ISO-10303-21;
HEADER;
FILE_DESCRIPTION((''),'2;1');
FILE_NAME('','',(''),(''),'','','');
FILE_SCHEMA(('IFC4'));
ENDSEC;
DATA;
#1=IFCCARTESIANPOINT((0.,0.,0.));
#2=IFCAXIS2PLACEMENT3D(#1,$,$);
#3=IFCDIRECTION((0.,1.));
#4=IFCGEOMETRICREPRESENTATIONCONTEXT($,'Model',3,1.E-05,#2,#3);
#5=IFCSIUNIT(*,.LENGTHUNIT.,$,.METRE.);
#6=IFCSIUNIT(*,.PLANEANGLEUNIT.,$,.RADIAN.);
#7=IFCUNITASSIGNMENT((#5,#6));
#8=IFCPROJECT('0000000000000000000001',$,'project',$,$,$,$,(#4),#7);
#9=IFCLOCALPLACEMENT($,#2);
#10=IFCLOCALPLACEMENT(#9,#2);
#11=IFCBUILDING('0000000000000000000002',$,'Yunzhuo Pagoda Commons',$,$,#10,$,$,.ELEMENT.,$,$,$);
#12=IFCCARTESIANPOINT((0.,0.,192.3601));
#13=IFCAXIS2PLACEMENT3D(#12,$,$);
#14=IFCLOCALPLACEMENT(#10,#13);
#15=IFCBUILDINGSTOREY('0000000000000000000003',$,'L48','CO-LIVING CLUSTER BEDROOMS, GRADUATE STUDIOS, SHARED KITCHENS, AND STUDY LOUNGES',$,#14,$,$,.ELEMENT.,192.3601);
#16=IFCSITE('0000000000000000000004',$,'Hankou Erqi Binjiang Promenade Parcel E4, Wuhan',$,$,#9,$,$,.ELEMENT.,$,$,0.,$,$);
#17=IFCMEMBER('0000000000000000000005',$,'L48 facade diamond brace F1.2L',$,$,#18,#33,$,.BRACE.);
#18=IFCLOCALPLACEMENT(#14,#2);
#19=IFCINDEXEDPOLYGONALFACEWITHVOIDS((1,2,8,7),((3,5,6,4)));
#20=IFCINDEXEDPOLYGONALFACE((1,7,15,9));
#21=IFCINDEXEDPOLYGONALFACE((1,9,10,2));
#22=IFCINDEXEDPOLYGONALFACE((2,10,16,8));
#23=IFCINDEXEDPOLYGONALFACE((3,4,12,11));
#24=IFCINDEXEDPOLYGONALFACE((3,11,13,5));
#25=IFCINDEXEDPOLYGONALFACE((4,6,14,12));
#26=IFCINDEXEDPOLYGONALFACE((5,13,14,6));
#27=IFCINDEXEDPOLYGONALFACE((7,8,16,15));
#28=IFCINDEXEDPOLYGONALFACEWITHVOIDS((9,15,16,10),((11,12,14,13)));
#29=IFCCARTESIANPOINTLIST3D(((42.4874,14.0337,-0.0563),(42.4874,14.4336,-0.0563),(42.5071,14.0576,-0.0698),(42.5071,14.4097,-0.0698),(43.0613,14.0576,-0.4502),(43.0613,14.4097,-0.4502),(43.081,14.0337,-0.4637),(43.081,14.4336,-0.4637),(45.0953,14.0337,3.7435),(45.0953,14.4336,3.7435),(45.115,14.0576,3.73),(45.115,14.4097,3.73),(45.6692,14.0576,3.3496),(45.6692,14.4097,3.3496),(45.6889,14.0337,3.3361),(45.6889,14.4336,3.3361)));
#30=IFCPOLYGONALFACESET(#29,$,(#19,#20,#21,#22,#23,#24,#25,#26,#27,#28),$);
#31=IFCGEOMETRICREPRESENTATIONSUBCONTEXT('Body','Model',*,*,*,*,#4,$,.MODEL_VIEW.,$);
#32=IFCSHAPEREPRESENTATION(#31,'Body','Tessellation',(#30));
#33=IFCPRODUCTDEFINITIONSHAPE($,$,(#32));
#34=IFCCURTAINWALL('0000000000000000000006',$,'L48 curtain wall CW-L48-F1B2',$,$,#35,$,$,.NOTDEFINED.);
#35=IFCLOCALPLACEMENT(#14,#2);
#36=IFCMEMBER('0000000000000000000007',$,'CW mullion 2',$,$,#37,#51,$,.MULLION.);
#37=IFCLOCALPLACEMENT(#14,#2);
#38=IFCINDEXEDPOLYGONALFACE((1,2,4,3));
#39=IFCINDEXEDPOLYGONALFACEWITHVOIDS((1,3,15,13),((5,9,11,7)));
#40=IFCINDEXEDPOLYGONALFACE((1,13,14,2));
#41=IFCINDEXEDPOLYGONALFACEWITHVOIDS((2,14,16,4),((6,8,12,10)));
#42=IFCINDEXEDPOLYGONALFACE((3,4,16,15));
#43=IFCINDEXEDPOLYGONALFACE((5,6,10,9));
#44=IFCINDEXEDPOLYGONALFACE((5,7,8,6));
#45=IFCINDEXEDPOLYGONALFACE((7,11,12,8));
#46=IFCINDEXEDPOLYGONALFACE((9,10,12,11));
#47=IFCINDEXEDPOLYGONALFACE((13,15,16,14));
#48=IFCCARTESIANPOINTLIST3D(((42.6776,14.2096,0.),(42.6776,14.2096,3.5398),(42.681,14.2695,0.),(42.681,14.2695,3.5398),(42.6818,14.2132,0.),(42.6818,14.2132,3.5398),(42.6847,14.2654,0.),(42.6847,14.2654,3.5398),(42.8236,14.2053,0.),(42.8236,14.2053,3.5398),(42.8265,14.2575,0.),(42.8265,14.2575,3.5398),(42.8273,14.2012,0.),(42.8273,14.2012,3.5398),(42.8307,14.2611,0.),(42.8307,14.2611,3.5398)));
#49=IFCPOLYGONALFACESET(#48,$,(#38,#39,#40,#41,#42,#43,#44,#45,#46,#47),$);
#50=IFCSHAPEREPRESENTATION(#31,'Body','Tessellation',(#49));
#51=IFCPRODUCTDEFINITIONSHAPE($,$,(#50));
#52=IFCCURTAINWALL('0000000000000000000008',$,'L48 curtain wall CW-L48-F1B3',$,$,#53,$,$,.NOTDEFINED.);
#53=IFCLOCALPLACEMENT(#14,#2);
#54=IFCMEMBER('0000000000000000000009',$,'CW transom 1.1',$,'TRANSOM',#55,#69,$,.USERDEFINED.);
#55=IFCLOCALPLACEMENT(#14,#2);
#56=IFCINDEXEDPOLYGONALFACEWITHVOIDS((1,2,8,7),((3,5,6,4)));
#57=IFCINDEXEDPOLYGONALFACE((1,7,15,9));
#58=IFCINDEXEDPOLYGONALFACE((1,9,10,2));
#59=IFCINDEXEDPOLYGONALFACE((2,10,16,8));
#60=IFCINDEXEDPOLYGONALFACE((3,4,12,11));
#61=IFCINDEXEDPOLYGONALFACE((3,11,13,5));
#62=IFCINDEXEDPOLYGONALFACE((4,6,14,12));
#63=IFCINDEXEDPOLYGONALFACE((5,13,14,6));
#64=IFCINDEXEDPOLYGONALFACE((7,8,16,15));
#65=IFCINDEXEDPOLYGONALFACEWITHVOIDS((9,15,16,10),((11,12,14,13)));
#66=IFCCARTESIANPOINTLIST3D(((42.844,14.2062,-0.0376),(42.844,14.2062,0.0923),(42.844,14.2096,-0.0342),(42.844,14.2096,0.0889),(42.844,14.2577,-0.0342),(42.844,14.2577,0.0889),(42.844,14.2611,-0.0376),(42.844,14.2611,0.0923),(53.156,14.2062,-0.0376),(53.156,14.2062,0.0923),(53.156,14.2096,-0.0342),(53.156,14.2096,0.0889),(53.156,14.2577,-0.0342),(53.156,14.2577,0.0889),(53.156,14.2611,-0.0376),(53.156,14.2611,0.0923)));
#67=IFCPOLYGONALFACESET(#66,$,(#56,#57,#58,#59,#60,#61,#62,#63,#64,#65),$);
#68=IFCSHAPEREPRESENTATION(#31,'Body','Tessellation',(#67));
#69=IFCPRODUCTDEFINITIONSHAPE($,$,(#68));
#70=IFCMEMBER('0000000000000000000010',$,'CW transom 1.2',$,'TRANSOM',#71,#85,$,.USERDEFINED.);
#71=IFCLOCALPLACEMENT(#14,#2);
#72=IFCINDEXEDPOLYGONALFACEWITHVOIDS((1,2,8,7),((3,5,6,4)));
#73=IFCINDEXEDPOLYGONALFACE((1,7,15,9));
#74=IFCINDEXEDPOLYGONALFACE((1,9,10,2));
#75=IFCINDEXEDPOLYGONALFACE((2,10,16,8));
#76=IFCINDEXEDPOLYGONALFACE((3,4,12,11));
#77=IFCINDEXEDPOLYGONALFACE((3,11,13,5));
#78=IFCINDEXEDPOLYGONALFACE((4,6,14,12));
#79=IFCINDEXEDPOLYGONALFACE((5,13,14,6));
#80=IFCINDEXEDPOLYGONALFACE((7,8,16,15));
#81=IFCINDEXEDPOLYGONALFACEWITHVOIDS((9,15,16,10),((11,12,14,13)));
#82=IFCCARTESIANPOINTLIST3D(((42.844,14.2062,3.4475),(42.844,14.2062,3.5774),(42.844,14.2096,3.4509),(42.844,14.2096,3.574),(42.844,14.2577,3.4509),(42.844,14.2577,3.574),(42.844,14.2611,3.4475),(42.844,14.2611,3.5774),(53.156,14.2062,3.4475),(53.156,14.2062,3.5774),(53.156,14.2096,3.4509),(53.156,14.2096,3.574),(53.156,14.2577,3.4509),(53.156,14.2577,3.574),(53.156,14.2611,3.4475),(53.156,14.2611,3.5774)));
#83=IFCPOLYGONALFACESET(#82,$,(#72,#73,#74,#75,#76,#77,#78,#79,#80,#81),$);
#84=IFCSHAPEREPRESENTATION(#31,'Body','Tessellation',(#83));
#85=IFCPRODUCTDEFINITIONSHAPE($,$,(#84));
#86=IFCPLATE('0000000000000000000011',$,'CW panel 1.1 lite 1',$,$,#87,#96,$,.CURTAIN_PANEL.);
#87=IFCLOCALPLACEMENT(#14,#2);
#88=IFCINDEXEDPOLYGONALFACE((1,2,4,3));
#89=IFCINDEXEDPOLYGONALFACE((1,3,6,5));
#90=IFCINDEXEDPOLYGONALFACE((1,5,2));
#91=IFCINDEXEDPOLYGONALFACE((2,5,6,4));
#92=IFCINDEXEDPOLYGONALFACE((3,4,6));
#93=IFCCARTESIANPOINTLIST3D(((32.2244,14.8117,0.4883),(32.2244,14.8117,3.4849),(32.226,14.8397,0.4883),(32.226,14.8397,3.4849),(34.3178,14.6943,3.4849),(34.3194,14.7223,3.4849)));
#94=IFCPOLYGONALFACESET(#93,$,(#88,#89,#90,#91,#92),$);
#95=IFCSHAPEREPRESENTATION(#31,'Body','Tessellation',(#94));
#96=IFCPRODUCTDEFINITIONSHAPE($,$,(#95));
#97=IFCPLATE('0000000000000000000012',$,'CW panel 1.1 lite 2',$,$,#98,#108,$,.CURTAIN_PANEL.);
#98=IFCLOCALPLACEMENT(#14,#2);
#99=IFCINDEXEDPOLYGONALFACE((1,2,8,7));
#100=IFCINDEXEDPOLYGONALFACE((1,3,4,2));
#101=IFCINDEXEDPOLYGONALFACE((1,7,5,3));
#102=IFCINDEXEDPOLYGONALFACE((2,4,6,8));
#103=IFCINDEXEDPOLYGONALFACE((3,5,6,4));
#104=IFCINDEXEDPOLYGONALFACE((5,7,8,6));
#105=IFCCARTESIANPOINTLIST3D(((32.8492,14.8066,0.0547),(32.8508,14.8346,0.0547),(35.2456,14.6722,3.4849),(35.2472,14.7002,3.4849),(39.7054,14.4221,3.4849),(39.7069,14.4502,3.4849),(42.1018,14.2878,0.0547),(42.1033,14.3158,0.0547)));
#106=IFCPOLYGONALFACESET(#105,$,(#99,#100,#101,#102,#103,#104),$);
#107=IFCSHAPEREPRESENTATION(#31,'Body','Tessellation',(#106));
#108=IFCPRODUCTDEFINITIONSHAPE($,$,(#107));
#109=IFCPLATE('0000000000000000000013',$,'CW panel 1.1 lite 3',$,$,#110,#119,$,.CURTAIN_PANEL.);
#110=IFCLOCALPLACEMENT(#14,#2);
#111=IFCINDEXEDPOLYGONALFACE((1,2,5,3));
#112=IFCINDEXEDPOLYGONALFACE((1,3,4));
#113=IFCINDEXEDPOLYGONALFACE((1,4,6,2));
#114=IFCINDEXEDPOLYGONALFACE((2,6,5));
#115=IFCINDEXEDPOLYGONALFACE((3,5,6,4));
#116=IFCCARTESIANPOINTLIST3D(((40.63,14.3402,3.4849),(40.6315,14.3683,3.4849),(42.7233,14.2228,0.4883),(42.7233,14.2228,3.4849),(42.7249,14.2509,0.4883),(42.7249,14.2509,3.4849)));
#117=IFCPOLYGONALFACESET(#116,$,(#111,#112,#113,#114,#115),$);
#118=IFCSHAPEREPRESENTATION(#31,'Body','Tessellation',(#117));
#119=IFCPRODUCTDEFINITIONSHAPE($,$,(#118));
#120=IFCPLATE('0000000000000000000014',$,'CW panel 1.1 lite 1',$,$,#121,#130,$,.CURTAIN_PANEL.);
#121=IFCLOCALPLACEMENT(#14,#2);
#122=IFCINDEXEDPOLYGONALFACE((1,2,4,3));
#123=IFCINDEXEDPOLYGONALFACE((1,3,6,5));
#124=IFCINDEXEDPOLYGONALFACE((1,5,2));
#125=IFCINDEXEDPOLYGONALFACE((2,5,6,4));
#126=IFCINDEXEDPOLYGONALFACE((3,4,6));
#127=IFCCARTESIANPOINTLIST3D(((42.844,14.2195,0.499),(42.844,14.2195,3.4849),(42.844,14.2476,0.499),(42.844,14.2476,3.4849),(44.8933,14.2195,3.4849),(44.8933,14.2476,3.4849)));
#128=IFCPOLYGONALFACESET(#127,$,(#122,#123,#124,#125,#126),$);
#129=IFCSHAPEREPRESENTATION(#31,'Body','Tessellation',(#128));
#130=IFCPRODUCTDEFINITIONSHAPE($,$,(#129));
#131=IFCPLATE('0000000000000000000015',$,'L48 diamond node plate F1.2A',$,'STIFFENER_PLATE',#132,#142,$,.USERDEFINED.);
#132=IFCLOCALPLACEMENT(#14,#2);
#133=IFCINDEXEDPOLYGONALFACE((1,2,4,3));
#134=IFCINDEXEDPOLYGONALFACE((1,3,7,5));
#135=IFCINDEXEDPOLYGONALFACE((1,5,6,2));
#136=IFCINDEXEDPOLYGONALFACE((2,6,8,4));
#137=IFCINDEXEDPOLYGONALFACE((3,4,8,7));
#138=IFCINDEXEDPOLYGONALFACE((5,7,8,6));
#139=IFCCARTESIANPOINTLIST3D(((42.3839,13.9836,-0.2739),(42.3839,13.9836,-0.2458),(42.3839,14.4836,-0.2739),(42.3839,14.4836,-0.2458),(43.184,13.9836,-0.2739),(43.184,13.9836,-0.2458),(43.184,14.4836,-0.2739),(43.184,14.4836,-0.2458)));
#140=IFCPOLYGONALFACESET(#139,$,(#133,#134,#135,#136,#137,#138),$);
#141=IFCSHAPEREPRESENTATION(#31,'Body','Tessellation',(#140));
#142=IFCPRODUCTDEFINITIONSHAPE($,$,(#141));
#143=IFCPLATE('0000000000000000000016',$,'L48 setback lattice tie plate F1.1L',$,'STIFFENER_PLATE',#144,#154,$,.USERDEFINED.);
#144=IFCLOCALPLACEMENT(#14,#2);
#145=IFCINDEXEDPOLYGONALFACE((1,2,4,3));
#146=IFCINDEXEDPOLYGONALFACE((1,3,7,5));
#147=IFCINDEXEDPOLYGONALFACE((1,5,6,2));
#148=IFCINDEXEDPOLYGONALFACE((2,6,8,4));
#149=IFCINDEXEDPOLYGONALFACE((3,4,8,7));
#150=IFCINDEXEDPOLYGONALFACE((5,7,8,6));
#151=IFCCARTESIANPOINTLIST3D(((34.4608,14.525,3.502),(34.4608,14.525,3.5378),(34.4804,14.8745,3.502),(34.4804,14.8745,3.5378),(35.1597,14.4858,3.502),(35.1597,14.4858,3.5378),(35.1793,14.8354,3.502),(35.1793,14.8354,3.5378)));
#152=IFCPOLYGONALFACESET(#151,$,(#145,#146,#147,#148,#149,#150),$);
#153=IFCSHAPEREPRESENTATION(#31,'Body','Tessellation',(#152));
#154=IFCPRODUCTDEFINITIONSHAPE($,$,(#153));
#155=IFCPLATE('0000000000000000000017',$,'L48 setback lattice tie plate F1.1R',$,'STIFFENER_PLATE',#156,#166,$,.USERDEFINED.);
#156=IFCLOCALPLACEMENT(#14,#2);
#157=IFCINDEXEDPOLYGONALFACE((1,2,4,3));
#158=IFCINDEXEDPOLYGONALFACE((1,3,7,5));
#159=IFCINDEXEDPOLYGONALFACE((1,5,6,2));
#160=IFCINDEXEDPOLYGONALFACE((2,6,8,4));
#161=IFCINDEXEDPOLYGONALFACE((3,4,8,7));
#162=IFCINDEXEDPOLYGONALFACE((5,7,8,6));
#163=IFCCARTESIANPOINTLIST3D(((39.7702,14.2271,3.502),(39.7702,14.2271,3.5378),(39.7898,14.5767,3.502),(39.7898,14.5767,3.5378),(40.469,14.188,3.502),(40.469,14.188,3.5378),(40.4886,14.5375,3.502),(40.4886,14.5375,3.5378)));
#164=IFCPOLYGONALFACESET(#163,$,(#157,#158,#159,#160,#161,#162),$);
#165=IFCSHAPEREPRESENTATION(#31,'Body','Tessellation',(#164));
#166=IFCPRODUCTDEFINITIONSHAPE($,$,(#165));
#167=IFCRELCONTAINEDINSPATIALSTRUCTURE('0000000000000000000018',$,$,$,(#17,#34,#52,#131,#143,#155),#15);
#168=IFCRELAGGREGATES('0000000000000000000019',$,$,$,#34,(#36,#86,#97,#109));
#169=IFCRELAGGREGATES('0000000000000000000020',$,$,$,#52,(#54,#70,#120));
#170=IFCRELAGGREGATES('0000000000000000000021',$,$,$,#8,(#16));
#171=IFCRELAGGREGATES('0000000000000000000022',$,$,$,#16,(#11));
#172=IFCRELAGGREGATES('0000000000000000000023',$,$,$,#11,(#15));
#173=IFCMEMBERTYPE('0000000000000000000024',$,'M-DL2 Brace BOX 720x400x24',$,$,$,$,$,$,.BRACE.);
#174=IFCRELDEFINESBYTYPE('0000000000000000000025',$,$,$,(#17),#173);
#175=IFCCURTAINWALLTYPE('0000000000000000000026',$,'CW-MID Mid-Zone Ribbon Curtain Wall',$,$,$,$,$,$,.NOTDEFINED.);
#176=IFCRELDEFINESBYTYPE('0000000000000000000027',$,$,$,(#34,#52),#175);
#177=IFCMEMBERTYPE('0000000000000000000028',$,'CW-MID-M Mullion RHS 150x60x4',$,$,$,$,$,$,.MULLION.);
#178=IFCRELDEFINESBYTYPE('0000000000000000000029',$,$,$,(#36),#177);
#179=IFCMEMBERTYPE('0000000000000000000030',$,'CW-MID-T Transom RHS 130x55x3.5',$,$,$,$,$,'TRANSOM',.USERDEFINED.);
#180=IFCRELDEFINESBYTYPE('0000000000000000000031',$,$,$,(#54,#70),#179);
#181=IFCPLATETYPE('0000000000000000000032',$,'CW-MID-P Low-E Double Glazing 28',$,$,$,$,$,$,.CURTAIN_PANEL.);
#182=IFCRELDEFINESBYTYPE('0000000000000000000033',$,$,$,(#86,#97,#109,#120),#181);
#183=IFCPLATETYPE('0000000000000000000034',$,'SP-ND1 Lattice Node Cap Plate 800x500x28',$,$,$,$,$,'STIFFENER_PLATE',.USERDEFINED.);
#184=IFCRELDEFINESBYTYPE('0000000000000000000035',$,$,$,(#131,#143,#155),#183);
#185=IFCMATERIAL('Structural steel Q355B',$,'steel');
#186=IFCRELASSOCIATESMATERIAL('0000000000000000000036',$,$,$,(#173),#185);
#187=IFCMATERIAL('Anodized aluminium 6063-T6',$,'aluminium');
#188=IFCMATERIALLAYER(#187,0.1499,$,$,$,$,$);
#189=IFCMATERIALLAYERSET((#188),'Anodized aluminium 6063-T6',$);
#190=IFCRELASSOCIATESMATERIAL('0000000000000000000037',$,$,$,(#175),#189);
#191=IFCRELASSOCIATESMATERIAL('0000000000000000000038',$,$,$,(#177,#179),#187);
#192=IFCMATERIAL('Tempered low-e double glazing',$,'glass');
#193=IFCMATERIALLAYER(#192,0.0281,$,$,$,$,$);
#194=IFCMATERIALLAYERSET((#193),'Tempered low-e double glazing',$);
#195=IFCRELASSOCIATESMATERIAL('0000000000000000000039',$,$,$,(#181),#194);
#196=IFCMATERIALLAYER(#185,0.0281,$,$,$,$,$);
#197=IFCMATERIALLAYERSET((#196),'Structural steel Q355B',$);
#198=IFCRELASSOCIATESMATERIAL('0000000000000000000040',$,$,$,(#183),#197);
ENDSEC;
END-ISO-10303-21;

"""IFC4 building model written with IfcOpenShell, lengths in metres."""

from ifc_helpers import new_model, si_unit, direction, frame, origin, origin_2d, place, context, subcontext, project, spatial, polyline, rectangle, hollow_rectangle, outline, extrude, source, transform, mapped, material, layer, layer_set, material_profile, profile_set, type_object, element, aggregate, save


model = new_model("IFC4")

# Units and contexts
model_context = context("Model", 3, precision=1e-05, world=origin(), true_north=direction((0.0, 1.0)))
body_context = subcontext(model_context, "Body", "Model", "MODEL_VIEW")
ifc_project = project(units=[si_unit("LENGTHUNIT", "METRE"), si_unit("PLANEANGLEUNIT", "RADIAN")], contexts=[model_context])

# Site, building, storey
site_placement = place(None, origin())
site = spatial("IfcSite", under=ifc_project, at=site_placement, Name="Hankou Erqi Binjiang Promenade Parcel E4, Wuhan", CompositionType="ELEMENT", RefElevation=0.0)
building_placement = place(site_placement, origin())
building = spatial("IfcBuilding", under=site, at=building_placement, Name="Yunzhuo Pagoda Commons", CompositionType="ELEMENT")
storey_placement = place(building_placement, frame((0.0, 0.0, 192.3601)))
storey = spatial("IfcBuildingStorey", under=building, at=storey_placement, Name="L48", Description="CO-LIVING CLUSTER BEDROOMS, GRADUATE STUDIOS, SHARED KITCHENS, AND STUDY LOUNGES", CompositionType="ELEMENT", Elevation=192.3601)

# Shared definitions
ifc_material_1 = material(Name="Structural steel Q355B", Category="steel")

# Member
ifc_material_profile_1 = material_profile(ifc_material_1, hollow_rectangle(XDim=0.3999, YDim=0.72, WallThickness=0.0239, at=origin_2d()), Name="Structural steel Q355B")
ifc_profile_set_1 = profile_set([ifc_material_profile_1], Name="Structural steel Q355B")
member_type_1 = type_object("IfcMemberType", Name="M-DL2 Brace BOX 720x400x24", PredefinedType="BRACE", material=ifc_profile_set_1)
shared_shape_1 = source(origin(), body_context, "Body", "SweptSolid", [
    extrude(hollow_rectangle(XDim=0.3999, YDim=0.72, WallThickness=0.0239, at=origin_2d()), origin(), (0.0, 0.0, 1.0), 4.6086),
])
member_1_placement = place(storey_placement, frame((42.7842, 14.2336, -0.26), z_axis=(0.565872, 0.0, 0.824493), x_axis=(0.0, 1.0, 0.0)))
element("IfcMember", 1, at=member_1_placement, inside=storey, type_object=member_type_1, Name="L48 facade diamond brace F1.2L", PredefinedType="BRACE", context=body_context, shape_type="MappedRepresentation", body=[
    mapped(shared_shape_1, transform((0.0, 0.0, 0.0), scale=1.0)),
])

# Curtain wall, member
ifc_material_2 = material(Name="Anodized aluminium 6063-T6", Category="aluminium")
ifc_layer_1 = layer(ifc_material_2, 0.1499)
ifc_layer_set_1 = layer_set([ifc_layer_1], Name="Anodized aluminium 6063-T6")
curtain_wall_type = type_object("IfcCurtainWallType", Name="CW-MID Mid-Zone Ribbon Curtain Wall", PredefinedType="NOTDEFINED", material=ifc_layer_set_1)
curtain_wall_1_placement = place(storey_placement, origin())
curtain_wall_1 = element("IfcCurtainWall", 2, at=curtain_wall_1_placement, inside=storey, type_object=curtain_wall_type, Name="L48 curtain wall CW-L48-F1B2", PredefinedType="NOTDEFINED")
ifc_material_profile_2 = material_profile(ifc_material_2, hollow_rectangle(XDim=0.0601, YDim=0.1499, WallThickness=0.0039, at=origin_2d()), Name="Anodized aluminium 6063-T6")
ifc_profile_set_2 = profile_set([ifc_material_profile_2], Name="Anodized aluminium 6063-T6")
member_type_2 = type_object("IfcMemberType", Name="CW-MID-M Mullion RHS 150x60x4", PredefinedType="MULLION", material=ifc_profile_set_2)
shared_shape_2 = source(origin(), body_context, "Body", "SweptSolid", [
    extrude(hollow_rectangle(XDim=0.0601, YDim=0.1499, WallThickness=0.0039, at=origin_2d()), origin(), (0.0, 0.0, 1.0), 3.5398),
])
member_2_placement = place(storey_placement, frame((42.7542, 14.2354, 0.0), z_axis=(0.0, 0.0, 1.0), x_axis=(0.055983, 0.998432, 0.0)))
member_2 = element("IfcMember", 3, at=member_2_placement, type_object=member_type_2, Name="CW mullion 2", PredefinedType="MULLION", context=body_context, shape_type="MappedRepresentation", body=[
    mapped(shared_shape_2, transform((0.0, 0.0, 0.0), scale=1.0)),
])

# Curtain wall, members
curtain_wall_2_placement = place(storey_placement, origin())
curtain_wall_2 = element("IfcCurtainWall", 4, at=curtain_wall_2_placement, inside=storey, type_object=curtain_wall_type, Name="L48 curtain wall CW-L48-F1B3", PredefinedType="NOTDEFINED")
ifc_material_profile_3 = material_profile(ifc_material_2, hollow_rectangle(XDim=0.0549, YDim=0.1299, WallThickness=0.0034, at=origin_2d()), Name="Anodized aluminium 6063-T6")
ifc_profile_set_3 = profile_set([ifc_material_profile_3], Name="Anodized aluminium 6063-T6")
member_type_3 = type_object("IfcMemberType", Name="CW-MID-T Transom RHS 130x55x3.5", ElementType="TRANSOM", PredefinedType="USERDEFINED", material=ifc_profile_set_3)
shared_shape_3 = source(origin(), body_context, "Body", "SweptSolid", [
    extrude(hollow_rectangle(XDim=0.0549, YDim=0.1299, WallThickness=0.0034, at=origin_2d()), origin(), (0.0, 0.0, 1.0), 10.312),
])
member_3_placement = place(storey_placement, frame((42.844, 14.2336, 0.0273), z_axis=(1.0, 0.0, 0.0), x_axis=(0.0, 1.0, 0.0)))
member_3 = element("IfcMember", 5, at=member_3_placement, type_object=member_type_3, Name="CW transom 1.1", ObjectType="TRANSOM", PredefinedType="USERDEFINED", context=body_context, shape_type="MappedRepresentation", body=[
    mapped(shared_shape_3, transform((0.0, 0.0, 0.0), scale=1.0)),
])
member_4_placement = place(storey_placement, frame((42.844, 14.2336, 3.5125), z_axis=(1.0, 0.0, 0.0), x_axis=(0.0, 1.0, 0.0)))
member_4 = element("IfcMember", 6, at=member_4_placement, type_object=member_type_3, Name="CW transom 1.2", ObjectType="TRANSOM", PredefinedType="USERDEFINED", context=body_context, shape_type="MappedRepresentation", body=[
    mapped(shared_shape_3, transform((0.0, 0.0, 0.0), scale=1.0)),
])

# Plates
ifc_material_3 = material(Name="Tempered low-e double glazing", Category="glass")
ifc_layer_2 = layer(ifc_material_3, 0.0281)
ifc_layer_set_2 = layer_set([ifc_layer_2], Name="Tempered low-e double glazing")
plate_type_1 = type_object("IfcPlateType", Name="CW-MID-P Low-E Double Glazing 28", PredefinedType="CURTAIN_PANEL", material=ifc_layer_set_2)
plate_1_placement = place(storey_placement, frame((33.2727, 14.781, 1.9866), z_axis=(-0.055983, -0.998432, 0.0), x_axis=(0.998432, -0.055983, 0.0)))
plate_1 = element("IfcPlate", 7, at=plate_1_placement, type_object=plate_type_1, Name="CW panel 1.1 lite 1", PredefinedType="CURTAIN_PANEL", context=body_context, shape_type="SweptSolid", body=[
    extrude(outline(polyline([(-1.0483, -1.4983), (1.0483, 1.4983), (-1.0483, 1.4983), (-1.0483, -1.4983)])), origin(), (0.0, 0.0, 1.0), 0.0281),
])
plate_2_placement = place(storey_placement, frame((37.4771, 14.5752, 1.7698), z_axis=(-0.055983, -0.998432, 0.0), x_axis=(0.998432, -0.055983, 0.0)))
plate_2 = element("IfcPlate", 8, at=plate_2_placement, type_object=plate_type_1, Name="CW panel 1.1 lite 2", PredefinedType="CURTAIN_PANEL", context=body_context, shape_type="SweptSolid", body=[
    extrude(outline(polyline([(-4.6335, -1.7151), (4.6335, -1.7151), (2.2334, 1.7151), (-2.2334, 1.7151), (-4.6335, -1.7151)])), origin(), (0.0, 0.0, 1.0), 0.0281),
])
plate_3_placement = place(storey_placement, frame((41.6782, 14.3096, 1.9866), z_axis=(-0.055983, -0.998432, 0.0), x_axis=(0.998432, -0.055983, 0.0)))
plate_3 = element("IfcPlate", 9, at=plate_3_placement, type_object=plate_type_1, Name="CW panel 1.1 lite 3", PredefinedType="CURTAIN_PANEL", context=body_context, shape_type="SweptSolid", body=[
    extrude(outline(polyline([(-1.0483, 1.4983), (1.0483, -1.4983), (1.0483, 1.4983), (-1.0483, 1.4983)])), origin(), (0.0, 0.0, 1.0), 0.0281),
])
aggregate(curtain_wall_1, [member_2, plate_1, plate_2, plate_3])
plate_4_placement = place(storey_placement, frame((43.8687, 14.2476, 1.9919), z_axis=(0.0, -1.0, 0.0), x_axis=(1.0, 0.0, 0.0)))
plate_4 = element("IfcPlate", 10, at=plate_4_placement, type_object=plate_type_1, Name="CW panel 1.1 lite 1", PredefinedType="CURTAIN_PANEL", context=body_context, shape_type="SweptSolid", body=[
    extrude(outline(polyline([(-1.0247, -1.4929), (1.0247, 1.4929), (-1.0247, 1.4929), (-1.0247, -1.4929)])), origin(), (0.0, 0.0, 1.0), 0.0281),
])
aggregate(curtain_wall_2, [member_3, member_4, plate_4])

# Plates
ifc_layer_3 = layer(ifc_material_1, 0.0281)
ifc_layer_set_3 = layer_set([ifc_layer_3], Name="Structural steel Q355B")
plate_type_2 = type_object("IfcPlateType", Name="SP-ND1 Lattice Node Cap Plate 800x500x28", ElementType="STIFFENER_PLATE", PredefinedType="USERDEFINED", material=ifc_layer_set_3)
shared_shape_4 = source(origin(), body_context, "Body", "SweptSolid", [
    extrude(rectangle(XDim=0.8, YDim=0.5, at=origin_2d()), origin(), (0.0, 0.0, 1.0), 0.0281),
])
plate_5_placement = place(storey_placement, frame((42.7839, 14.2336, -0.2739), z_axis=(0.0, 0.0, 1.0), x_axis=(1.0, 0.0, 0.0)))
element("IfcPlate", 11, at=plate_5_placement, inside=storey, type_object=plate_type_2, Name="L48 diamond node plate F1.2A", ObjectType="STIFFENER_PLATE", PredefinedType="USERDEFINED", context=body_context, shape_type="MappedRepresentation", body=[
    mapped(shared_shape_4, transform((0.0, 0.0, 0.0), scale=1.0)),
])
shared_shape_5 = source(origin(), body_context, "Body", "SweptSolid", [
    extrude(rectangle(XDim=0.7, YDim=0.3501, at=origin_2d()), origin(), (0.0, 0.0, 1.0), 0.0359),
])
for number, where, z_axis, x_axis, name in (
    (12, (34.8201, 14.6802, 3.502), (0.0, 0.0, 1.0), (0.998432, -0.055978, 0.0), "L48 setback lattice tie plate F1.1L"),
    (13, (40.1294, 14.3823, 3.502), (0.0, 0.0, 1.0), (0.998432, -0.055978, 0.0), "L48 setback lattice tie plate F1.1R"),
):
    element("IfcPlate", number, at=place(storey_placement, frame(where, z_axis=z_axis, x_axis=x_axis)), inside=storey, type_object=plate_type_2, Name=name, ObjectType="STIFFENER_PLATE", PredefinedType="USERDEFINED", context=body_context, shape_type="MappedRepresentation", body=[
        mapped(shared_shape_5, transform((0.0, 0.0, 0.0), scale=1.0)),
    ])

save(model, "model.ifc")
